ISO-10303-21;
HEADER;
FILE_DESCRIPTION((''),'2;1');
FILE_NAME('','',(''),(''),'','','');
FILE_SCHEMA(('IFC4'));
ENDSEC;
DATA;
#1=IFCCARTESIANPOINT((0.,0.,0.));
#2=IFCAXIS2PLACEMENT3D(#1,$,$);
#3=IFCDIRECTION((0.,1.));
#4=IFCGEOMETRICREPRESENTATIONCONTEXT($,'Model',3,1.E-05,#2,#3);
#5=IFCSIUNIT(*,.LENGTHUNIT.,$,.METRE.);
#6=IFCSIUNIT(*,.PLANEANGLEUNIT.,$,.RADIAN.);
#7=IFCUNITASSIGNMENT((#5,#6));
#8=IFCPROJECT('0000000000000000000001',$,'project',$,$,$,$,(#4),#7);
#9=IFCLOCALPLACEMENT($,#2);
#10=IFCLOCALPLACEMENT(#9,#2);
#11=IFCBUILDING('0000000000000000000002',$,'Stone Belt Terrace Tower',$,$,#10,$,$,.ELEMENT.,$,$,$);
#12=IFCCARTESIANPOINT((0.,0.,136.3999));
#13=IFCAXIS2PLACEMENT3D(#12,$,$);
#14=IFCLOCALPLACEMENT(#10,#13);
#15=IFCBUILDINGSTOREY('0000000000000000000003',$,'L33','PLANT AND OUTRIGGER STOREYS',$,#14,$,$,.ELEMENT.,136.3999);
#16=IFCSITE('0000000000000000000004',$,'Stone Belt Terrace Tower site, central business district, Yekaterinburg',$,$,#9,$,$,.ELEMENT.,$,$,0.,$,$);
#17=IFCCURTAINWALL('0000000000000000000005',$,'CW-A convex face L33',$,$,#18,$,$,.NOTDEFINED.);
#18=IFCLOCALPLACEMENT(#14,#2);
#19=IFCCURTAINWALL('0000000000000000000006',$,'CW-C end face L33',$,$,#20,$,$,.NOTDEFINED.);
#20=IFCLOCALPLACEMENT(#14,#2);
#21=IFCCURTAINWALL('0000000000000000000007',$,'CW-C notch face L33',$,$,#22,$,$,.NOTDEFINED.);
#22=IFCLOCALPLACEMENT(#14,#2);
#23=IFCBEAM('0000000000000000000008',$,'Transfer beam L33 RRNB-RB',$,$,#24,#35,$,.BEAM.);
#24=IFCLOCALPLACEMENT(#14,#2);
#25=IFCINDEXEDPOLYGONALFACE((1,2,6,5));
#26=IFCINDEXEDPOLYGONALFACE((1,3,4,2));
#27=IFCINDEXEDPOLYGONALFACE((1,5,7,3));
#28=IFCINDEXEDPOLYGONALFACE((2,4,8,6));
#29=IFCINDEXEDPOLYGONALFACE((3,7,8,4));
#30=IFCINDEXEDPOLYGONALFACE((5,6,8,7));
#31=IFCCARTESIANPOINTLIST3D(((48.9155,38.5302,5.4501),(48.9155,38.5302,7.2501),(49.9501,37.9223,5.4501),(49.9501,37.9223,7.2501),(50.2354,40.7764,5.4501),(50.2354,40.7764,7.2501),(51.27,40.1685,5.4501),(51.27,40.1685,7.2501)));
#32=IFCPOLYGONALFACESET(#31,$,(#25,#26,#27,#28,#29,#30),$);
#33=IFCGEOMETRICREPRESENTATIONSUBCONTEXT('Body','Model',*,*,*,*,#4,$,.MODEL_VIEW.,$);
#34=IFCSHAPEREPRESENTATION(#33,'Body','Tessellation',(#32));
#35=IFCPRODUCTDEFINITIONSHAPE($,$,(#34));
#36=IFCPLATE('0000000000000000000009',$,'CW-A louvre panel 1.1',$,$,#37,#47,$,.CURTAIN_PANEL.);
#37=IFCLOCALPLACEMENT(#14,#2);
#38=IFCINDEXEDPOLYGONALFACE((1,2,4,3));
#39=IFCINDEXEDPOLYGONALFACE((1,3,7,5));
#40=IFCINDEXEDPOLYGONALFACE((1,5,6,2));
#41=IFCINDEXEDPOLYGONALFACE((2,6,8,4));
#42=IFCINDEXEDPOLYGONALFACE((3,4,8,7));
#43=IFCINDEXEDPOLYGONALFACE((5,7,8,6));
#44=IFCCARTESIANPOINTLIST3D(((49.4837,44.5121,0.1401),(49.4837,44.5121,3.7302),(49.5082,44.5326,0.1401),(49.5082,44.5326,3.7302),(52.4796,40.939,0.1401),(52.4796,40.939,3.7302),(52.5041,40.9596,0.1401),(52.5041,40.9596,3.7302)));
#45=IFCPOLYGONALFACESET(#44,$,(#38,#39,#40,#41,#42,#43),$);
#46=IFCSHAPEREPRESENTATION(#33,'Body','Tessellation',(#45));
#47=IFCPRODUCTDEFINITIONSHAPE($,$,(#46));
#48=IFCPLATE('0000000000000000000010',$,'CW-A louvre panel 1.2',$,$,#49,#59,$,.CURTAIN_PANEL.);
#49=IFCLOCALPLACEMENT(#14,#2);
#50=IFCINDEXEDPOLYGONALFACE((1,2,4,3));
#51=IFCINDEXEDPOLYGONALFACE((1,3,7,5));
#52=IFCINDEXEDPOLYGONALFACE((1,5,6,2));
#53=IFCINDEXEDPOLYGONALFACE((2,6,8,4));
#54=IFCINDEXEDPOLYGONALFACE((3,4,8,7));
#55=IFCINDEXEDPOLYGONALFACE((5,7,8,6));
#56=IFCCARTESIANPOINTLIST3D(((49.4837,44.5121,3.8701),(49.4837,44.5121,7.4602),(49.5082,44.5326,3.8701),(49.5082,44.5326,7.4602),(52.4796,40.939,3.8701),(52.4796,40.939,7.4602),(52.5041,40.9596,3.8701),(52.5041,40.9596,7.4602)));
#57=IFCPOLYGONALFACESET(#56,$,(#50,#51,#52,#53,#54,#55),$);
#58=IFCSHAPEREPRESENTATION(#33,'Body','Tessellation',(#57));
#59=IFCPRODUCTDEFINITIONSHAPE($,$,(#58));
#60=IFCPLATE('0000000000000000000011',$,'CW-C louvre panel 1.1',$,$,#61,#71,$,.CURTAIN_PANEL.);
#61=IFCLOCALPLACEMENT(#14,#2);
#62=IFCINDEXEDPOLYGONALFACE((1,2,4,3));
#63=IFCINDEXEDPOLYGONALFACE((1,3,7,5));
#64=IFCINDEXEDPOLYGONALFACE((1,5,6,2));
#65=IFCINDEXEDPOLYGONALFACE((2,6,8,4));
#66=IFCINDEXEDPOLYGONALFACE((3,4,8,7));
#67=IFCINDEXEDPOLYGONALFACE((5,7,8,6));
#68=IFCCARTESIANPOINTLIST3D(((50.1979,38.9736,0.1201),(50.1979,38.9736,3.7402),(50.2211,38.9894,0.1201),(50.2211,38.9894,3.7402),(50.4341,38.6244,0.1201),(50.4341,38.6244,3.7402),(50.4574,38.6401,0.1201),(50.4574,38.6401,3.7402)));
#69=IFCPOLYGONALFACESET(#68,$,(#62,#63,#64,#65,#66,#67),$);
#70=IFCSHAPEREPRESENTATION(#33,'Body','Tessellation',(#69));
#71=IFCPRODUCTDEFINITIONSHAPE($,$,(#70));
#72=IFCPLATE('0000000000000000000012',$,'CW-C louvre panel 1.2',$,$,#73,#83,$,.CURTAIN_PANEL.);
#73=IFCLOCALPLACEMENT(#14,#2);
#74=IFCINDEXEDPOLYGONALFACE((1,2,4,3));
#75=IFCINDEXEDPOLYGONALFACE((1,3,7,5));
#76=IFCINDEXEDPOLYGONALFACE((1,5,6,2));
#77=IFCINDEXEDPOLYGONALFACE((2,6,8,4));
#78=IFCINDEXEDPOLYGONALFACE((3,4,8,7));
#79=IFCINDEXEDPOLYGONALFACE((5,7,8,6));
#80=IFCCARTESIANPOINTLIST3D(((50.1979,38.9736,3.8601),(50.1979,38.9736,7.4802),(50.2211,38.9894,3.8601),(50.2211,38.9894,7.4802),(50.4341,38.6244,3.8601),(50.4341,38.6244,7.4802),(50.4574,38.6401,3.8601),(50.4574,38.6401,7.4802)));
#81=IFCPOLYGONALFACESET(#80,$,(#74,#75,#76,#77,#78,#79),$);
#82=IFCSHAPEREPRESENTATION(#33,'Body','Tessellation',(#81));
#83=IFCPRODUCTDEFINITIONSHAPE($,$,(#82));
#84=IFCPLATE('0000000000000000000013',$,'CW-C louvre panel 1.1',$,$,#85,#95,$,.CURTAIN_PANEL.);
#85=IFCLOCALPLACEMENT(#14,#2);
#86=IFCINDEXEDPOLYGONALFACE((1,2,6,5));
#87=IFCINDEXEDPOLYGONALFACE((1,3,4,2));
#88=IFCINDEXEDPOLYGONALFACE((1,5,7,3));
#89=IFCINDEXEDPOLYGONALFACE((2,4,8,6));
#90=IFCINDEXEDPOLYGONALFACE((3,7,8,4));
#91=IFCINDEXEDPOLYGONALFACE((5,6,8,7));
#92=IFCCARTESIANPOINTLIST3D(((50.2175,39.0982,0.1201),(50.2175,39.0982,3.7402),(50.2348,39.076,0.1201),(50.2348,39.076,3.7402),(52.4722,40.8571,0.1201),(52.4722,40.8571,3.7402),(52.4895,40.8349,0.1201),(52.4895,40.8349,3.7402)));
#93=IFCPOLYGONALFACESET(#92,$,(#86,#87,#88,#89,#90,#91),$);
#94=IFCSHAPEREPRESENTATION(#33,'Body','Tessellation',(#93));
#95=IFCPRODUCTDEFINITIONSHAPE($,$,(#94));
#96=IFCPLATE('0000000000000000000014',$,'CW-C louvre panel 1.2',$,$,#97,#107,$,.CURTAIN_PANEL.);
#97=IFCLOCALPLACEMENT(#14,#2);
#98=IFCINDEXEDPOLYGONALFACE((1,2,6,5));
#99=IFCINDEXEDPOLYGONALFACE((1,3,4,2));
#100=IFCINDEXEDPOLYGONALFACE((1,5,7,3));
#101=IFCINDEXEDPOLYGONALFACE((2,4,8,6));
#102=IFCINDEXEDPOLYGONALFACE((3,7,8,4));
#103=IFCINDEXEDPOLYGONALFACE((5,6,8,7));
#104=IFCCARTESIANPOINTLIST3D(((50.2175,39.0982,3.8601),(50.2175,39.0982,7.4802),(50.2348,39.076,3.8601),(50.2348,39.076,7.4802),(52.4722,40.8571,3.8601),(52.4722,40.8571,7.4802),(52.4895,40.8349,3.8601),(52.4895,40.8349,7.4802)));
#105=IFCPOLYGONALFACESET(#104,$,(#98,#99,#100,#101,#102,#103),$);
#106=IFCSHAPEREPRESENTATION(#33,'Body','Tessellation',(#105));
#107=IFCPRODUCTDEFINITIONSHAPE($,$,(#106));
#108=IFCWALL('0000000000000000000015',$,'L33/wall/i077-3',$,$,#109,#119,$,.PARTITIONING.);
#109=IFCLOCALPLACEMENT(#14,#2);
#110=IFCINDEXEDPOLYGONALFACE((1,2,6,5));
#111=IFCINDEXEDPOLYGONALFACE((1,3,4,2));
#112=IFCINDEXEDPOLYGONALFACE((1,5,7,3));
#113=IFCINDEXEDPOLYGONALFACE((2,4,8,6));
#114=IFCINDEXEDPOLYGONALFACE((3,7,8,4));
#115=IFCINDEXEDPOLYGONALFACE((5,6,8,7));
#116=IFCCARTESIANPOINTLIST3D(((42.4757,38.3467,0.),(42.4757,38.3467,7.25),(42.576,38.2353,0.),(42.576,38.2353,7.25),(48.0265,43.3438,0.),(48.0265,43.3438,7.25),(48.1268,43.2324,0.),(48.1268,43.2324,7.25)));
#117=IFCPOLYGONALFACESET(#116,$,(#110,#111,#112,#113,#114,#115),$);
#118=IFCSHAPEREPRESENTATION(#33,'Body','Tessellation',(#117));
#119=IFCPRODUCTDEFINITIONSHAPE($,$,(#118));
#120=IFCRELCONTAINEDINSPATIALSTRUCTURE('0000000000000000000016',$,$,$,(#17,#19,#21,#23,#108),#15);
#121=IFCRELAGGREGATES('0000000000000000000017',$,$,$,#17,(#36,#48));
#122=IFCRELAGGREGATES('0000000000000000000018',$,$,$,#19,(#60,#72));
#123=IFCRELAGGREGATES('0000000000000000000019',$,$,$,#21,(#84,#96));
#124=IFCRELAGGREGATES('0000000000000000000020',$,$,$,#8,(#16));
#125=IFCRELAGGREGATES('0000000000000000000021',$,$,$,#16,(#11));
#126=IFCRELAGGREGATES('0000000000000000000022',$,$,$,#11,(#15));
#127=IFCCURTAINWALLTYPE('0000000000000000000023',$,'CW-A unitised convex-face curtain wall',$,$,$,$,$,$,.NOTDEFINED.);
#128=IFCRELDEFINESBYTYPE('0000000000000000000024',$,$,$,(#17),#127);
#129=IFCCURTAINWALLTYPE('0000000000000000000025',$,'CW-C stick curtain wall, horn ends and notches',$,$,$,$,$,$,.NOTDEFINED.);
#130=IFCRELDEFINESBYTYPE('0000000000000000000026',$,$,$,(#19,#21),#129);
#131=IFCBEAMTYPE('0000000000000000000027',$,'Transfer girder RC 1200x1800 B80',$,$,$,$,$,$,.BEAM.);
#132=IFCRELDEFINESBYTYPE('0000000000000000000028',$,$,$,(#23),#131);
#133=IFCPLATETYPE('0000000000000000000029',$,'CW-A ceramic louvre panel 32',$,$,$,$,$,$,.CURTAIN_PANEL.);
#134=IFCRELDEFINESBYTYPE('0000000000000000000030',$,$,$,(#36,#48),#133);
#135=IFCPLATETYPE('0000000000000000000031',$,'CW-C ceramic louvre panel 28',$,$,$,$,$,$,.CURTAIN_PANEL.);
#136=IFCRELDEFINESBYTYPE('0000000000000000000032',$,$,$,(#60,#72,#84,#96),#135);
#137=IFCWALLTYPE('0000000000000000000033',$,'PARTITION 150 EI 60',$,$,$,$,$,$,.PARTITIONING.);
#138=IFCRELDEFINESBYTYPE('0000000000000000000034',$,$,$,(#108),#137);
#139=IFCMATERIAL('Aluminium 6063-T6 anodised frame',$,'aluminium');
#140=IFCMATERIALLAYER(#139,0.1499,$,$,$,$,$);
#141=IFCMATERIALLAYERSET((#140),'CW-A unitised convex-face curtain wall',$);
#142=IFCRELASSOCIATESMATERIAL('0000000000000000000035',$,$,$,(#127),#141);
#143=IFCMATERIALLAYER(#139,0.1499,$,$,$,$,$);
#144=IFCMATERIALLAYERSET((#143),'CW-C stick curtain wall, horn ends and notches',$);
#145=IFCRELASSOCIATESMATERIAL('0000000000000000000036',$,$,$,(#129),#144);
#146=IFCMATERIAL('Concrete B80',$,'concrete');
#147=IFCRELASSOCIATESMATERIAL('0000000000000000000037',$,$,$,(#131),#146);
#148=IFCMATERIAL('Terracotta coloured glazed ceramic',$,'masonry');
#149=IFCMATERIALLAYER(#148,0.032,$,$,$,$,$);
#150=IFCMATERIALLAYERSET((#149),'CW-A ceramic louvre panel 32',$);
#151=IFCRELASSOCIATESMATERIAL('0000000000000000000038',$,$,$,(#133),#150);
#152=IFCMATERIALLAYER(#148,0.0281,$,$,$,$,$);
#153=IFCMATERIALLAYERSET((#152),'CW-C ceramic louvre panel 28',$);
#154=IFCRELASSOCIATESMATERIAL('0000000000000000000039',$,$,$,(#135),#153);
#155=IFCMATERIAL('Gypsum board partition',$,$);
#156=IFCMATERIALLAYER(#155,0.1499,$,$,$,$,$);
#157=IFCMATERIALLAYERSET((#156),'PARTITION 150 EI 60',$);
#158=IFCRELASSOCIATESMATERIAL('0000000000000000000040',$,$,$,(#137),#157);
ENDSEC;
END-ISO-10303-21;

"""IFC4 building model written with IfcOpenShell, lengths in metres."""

from ifc_helpers import new_model, si_unit, direction, frame, frame_2d, origin, origin_2d, place, context, subcontext, project, spatial, rectangle, extrude, material, layer, layer_set, material_profile, profile_set, type_object, element, aggregate, save


model = new_model("IFC4")

# Units and contexts
model_context = context("Model", 3, precision=1e-05, world=origin(), true_north=direction((0.0, 1.0)))
body_context = subcontext(model_context, "Body", "Model", "MODEL_VIEW")
ifc_project = project(units=[si_unit("LENGTHUNIT", "METRE"), si_unit("PLANEANGLEUNIT", "RADIAN")], contexts=[model_context])

# Site, building, storey
site_placement = place(None, origin())
site = spatial("IfcSite", under=ifc_project, at=site_placement, Name="Stone Belt Terrace Tower site, central business district, Yekaterinburg", CompositionType="ELEMENT", RefElevation=0.0)
building_placement = place(site_placement, origin())
building = spatial("IfcBuilding", under=site, at=building_placement, Name="Stone Belt Terrace Tower", CompositionType="ELEMENT")
storey_placement = place(building_placement, frame((0.0, 0.0, 136.3999)))
storey = spatial("IfcBuildingStorey", under=building, at=storey_placement, Name="L33", Description="PLANT AND OUTRIGGER STOREYS", CompositionType="ELEMENT", Elevation=136.3999)

# Shared definitions
ifc_material_1 = material(Name="Concrete B80", Category="concrete")

# Curtain wall
ifc_material_2 = material(Name="Aluminium 6063-T6 anodised frame", Category="aluminium")
ifc_layer_1 = layer(ifc_material_2, 0.1499)
ifc_layer_set_1 = layer_set([ifc_layer_1], Name="CW-A unitised convex-face curtain wall")
curtain_wall_type_1 = type_object("IfcCurtainWallType", Name="CW-A unitised convex-face curtain wall", PredefinedType="NOTDEFINED", material=ifc_layer_set_1)
curtain_wall_1_placement = place(storey_placement, origin())
curtain_wall_1 = element("IfcCurtainWall", 1, at=curtain_wall_1_placement, inside=storey, type_object=curtain_wall_type_1, Name="CW-A convex face L33", PredefinedType="NOTDEFINED")

# Curtain walls
ifc_layer_2 = layer(ifc_material_2, 0.1499)
ifc_layer_set_2 = layer_set([ifc_layer_2], Name="CW-C stick curtain wall, horn ends and notches")
curtain_wall_type_2 = type_object("IfcCurtainWallType", Name="CW-C stick curtain wall, horn ends and notches", PredefinedType="NOTDEFINED", material=ifc_layer_set_2)
curtain_wall_2_placement = place(storey_placement, origin())
curtain_wall_2 = element("IfcCurtainWall", 2, at=curtain_wall_2_placement, inside=storey, type_object=curtain_wall_type_2, Name="CW-C end face L33", PredefinedType="NOTDEFINED")
curtain_wall_3_placement = place(storey_placement, origin())
curtain_wall_3 = element("IfcCurtainWall", 3, at=curtain_wall_3_placement, inside=storey, type_object=curtain_wall_type_2, Name="CW-C notch face L33", PredefinedType="NOTDEFINED")

# Beam
ifc_material_profile_1 = material_profile(ifc_material_1, rectangle(XDim=1.2, YDim=1.8, at=origin_2d()), Name="RC 1200x1800")
ifc_profile_set_1 = profile_set([ifc_material_profile_1], Name="Concrete B80")
beam_type = type_object("IfcBeamType", Name="Transfer girder RC 1200x1800 B80", PredefinedType="BEAM", material=ifc_profile_set_1)
beam_placement = place(storey_placement, frame((50.7527, 40.4724, 6.3501), z_axis=(-0.506619, -0.86217, 0.0), x_axis=(0.86217, -0.506619, 0.0)))
element("IfcBeam", 4, at=beam_placement, inside=storey, type_object=beam_type, Name="Transfer beam L33 RRNB-RB", PredefinedType="BEAM", context=body_context, shape_type="SweptSolid", body=[
    extrude(rectangle(XDim=1.2, YDim=1.8, at=origin_2d()), origin(), (0.0, 0.0, 1.0), 2.6052),
])

# Plates
ifc_material_3 = material(Name="Terracotta coloured glazed ceramic", Category="masonry")
ifc_layer_3 = layer(ifc_material_3, 0.032)
ifc_layer_set_3 = layer_set([ifc_layer_3], Name="CW-A ceramic louvre panel 32")
plate_type_1 = type_object("IfcPlateType", Name="CW-A ceramic louvre panel 32", PredefinedType="CURTAIN_PANEL", material=ifc_layer_set_3)
plate_1_placement = place(storey_placement, frame((50.9939, 42.7358, 0.1401), z_axis=(0.0, 0.0, 1.0), x_axis=(-0.642509, 0.766278, 0.0)))
plate_1 = element("IfcPlate", 5, at=plate_1_placement, type_object=plate_type_1, Name="CW-A louvre panel 1.1", PredefinedType="CURTAIN_PANEL", context=body_context, shape_type="SweptSolid", body=[
    extrude(rectangle(XDim=4.6628, YDim=0.032, at=origin_2d()), origin(), (0.0, 0.0, 1.0), 3.5901),
])
plate_2_placement = place(storey_placement, frame((50.9939, 42.7358, 3.8701), z_axis=(0.0, 0.0, 1.0), x_axis=(-0.642509, 0.766278, 0.0)))
plate_2 = element("IfcPlate", 6, at=plate_2_placement, type_object=plate_type_1, Name="CW-A louvre panel 1.2", PredefinedType="CURTAIN_PANEL", context=body_context, shape_type="SweptSolid", body=[
    extrude(rectangle(XDim=4.6628, YDim=0.032, at=origin_2d()), origin(), (0.0, 0.0, 1.0), 3.5901),
])
aggregate(curtain_wall_1, [plate_1, plate_2])
ifc_layer_4 = layer(ifc_material_3, 0.0281)
ifc_layer_set_4 = layer_set([ifc_layer_4], Name="CW-C ceramic louvre panel 28")
plate_type_2 = type_object("IfcPlateType", Name="CW-C ceramic louvre panel 28", PredefinedType="CURTAIN_PANEL", material=ifc_layer_set_4)
plate_3_placement = place(storey_placement, frame((50.3276, 38.8069, 0.1201), z_axis=(0.0, 0.0, 1.0), x_axis=(-0.560367, 0.828244, 0.0)))
plate_3 = element("IfcPlate", 7, at=plate_3_placement, type_object=plate_type_2, Name="CW-C louvre panel 1.1", PredefinedType="CURTAIN_PANEL", context=body_context, shape_type="SweptSolid", body=[
    extrude(rectangle(XDim=0.4216, YDim=0.0281, at=origin_2d()), origin(), (0.0, 0.0, 1.0), 3.6201),
])
plate_4_placement = place(storey_placement, frame((50.3276, 38.8069, 3.8601), z_axis=(0.0, 0.0, 1.0), x_axis=(-0.560367, 0.828244, 0.0)))
plate_4 = element("IfcPlate", 8, at=plate_4_placement, type_object=plate_type_2, Name="CW-C louvre panel 1.2", PredefinedType="CURTAIN_PANEL", context=body_context, shape_type="SweptSolid", body=[
    extrude(rectangle(XDim=0.4216, YDim=0.0281, at=origin_2d()), origin(), (0.0, 0.0, 1.0), 3.6201),
])
aggregate(curtain_wall_2, [plate_3, plate_4])
plate_5_placement = place(storey_placement, frame((51.3535, 39.9666, 0.1201), z_axis=(0.0, 0.0, 1.0), x_axis=(0.788458, 0.615089, 0.0)))
plate_5 = element("IfcPlate", 9, at=plate_5_placement, type_object=plate_type_2, Name="CW-C louvre panel 1.1", PredefinedType="CURTAIN_PANEL", context=body_context, shape_type="SweptSolid", body=[
    extrude(rectangle(XDim=2.8596, YDim=0.0281, at=origin_2d()), origin(), (0.0, 0.0, 1.0), 3.6201),
])
plate_6_placement = place(storey_placement, frame((51.3535, 39.9666, 3.8601), z_axis=(0.0, 0.0, 1.0), x_axis=(0.788458, 0.615089, 0.0)))
plate_6 = element("IfcPlate", 10, at=plate_6_placement, type_object=plate_type_2, Name="CW-C louvre panel 1.2", PredefinedType="CURTAIN_PANEL", context=body_context, shape_type="SweptSolid", body=[
    extrude(rectangle(XDim=2.8596, YDim=0.0281, at=origin_2d()), origin(), (0.0, 0.0, 1.0), 3.6201),
])
aggregate(curtain_wall_3, [plate_5, plate_6])

# Wall
ifc_material_4 = material(Name="Gypsum board partition")
ifc_layer_5 = layer(ifc_material_4, 0.1499)
ifc_layer_set_5 = layer_set([ifc_layer_5], Name="PARTITION 150 EI 60")
wall_type = type_object("IfcWallType", Name="PARTITION 150 EI 60", PredefinedType="PARTITIONING", material=ifc_layer_set_5)
wall_placement = place(storey_placement, frame((48.0767, 43.2881, 0.0), z_axis=(0.0, 0.0, 1.0), x_axis=(-0.743203, -0.669066, 0.0)))
element("IfcWall", 11, at=wall_placement, inside=storey, type_object=wall_type, Name="L33/wall/i077-3", PredefinedType="PARTITIONING", context=body_context, shape_type="SweptSolid", body=[
    extrude(rectangle(XDim=7.4688, YDim=0.1499, at=frame_2d((3.7344, 0.0))), origin(), (0.0, 0.0, 1.0), 7.25),
])

save(model, "model.ifc")
